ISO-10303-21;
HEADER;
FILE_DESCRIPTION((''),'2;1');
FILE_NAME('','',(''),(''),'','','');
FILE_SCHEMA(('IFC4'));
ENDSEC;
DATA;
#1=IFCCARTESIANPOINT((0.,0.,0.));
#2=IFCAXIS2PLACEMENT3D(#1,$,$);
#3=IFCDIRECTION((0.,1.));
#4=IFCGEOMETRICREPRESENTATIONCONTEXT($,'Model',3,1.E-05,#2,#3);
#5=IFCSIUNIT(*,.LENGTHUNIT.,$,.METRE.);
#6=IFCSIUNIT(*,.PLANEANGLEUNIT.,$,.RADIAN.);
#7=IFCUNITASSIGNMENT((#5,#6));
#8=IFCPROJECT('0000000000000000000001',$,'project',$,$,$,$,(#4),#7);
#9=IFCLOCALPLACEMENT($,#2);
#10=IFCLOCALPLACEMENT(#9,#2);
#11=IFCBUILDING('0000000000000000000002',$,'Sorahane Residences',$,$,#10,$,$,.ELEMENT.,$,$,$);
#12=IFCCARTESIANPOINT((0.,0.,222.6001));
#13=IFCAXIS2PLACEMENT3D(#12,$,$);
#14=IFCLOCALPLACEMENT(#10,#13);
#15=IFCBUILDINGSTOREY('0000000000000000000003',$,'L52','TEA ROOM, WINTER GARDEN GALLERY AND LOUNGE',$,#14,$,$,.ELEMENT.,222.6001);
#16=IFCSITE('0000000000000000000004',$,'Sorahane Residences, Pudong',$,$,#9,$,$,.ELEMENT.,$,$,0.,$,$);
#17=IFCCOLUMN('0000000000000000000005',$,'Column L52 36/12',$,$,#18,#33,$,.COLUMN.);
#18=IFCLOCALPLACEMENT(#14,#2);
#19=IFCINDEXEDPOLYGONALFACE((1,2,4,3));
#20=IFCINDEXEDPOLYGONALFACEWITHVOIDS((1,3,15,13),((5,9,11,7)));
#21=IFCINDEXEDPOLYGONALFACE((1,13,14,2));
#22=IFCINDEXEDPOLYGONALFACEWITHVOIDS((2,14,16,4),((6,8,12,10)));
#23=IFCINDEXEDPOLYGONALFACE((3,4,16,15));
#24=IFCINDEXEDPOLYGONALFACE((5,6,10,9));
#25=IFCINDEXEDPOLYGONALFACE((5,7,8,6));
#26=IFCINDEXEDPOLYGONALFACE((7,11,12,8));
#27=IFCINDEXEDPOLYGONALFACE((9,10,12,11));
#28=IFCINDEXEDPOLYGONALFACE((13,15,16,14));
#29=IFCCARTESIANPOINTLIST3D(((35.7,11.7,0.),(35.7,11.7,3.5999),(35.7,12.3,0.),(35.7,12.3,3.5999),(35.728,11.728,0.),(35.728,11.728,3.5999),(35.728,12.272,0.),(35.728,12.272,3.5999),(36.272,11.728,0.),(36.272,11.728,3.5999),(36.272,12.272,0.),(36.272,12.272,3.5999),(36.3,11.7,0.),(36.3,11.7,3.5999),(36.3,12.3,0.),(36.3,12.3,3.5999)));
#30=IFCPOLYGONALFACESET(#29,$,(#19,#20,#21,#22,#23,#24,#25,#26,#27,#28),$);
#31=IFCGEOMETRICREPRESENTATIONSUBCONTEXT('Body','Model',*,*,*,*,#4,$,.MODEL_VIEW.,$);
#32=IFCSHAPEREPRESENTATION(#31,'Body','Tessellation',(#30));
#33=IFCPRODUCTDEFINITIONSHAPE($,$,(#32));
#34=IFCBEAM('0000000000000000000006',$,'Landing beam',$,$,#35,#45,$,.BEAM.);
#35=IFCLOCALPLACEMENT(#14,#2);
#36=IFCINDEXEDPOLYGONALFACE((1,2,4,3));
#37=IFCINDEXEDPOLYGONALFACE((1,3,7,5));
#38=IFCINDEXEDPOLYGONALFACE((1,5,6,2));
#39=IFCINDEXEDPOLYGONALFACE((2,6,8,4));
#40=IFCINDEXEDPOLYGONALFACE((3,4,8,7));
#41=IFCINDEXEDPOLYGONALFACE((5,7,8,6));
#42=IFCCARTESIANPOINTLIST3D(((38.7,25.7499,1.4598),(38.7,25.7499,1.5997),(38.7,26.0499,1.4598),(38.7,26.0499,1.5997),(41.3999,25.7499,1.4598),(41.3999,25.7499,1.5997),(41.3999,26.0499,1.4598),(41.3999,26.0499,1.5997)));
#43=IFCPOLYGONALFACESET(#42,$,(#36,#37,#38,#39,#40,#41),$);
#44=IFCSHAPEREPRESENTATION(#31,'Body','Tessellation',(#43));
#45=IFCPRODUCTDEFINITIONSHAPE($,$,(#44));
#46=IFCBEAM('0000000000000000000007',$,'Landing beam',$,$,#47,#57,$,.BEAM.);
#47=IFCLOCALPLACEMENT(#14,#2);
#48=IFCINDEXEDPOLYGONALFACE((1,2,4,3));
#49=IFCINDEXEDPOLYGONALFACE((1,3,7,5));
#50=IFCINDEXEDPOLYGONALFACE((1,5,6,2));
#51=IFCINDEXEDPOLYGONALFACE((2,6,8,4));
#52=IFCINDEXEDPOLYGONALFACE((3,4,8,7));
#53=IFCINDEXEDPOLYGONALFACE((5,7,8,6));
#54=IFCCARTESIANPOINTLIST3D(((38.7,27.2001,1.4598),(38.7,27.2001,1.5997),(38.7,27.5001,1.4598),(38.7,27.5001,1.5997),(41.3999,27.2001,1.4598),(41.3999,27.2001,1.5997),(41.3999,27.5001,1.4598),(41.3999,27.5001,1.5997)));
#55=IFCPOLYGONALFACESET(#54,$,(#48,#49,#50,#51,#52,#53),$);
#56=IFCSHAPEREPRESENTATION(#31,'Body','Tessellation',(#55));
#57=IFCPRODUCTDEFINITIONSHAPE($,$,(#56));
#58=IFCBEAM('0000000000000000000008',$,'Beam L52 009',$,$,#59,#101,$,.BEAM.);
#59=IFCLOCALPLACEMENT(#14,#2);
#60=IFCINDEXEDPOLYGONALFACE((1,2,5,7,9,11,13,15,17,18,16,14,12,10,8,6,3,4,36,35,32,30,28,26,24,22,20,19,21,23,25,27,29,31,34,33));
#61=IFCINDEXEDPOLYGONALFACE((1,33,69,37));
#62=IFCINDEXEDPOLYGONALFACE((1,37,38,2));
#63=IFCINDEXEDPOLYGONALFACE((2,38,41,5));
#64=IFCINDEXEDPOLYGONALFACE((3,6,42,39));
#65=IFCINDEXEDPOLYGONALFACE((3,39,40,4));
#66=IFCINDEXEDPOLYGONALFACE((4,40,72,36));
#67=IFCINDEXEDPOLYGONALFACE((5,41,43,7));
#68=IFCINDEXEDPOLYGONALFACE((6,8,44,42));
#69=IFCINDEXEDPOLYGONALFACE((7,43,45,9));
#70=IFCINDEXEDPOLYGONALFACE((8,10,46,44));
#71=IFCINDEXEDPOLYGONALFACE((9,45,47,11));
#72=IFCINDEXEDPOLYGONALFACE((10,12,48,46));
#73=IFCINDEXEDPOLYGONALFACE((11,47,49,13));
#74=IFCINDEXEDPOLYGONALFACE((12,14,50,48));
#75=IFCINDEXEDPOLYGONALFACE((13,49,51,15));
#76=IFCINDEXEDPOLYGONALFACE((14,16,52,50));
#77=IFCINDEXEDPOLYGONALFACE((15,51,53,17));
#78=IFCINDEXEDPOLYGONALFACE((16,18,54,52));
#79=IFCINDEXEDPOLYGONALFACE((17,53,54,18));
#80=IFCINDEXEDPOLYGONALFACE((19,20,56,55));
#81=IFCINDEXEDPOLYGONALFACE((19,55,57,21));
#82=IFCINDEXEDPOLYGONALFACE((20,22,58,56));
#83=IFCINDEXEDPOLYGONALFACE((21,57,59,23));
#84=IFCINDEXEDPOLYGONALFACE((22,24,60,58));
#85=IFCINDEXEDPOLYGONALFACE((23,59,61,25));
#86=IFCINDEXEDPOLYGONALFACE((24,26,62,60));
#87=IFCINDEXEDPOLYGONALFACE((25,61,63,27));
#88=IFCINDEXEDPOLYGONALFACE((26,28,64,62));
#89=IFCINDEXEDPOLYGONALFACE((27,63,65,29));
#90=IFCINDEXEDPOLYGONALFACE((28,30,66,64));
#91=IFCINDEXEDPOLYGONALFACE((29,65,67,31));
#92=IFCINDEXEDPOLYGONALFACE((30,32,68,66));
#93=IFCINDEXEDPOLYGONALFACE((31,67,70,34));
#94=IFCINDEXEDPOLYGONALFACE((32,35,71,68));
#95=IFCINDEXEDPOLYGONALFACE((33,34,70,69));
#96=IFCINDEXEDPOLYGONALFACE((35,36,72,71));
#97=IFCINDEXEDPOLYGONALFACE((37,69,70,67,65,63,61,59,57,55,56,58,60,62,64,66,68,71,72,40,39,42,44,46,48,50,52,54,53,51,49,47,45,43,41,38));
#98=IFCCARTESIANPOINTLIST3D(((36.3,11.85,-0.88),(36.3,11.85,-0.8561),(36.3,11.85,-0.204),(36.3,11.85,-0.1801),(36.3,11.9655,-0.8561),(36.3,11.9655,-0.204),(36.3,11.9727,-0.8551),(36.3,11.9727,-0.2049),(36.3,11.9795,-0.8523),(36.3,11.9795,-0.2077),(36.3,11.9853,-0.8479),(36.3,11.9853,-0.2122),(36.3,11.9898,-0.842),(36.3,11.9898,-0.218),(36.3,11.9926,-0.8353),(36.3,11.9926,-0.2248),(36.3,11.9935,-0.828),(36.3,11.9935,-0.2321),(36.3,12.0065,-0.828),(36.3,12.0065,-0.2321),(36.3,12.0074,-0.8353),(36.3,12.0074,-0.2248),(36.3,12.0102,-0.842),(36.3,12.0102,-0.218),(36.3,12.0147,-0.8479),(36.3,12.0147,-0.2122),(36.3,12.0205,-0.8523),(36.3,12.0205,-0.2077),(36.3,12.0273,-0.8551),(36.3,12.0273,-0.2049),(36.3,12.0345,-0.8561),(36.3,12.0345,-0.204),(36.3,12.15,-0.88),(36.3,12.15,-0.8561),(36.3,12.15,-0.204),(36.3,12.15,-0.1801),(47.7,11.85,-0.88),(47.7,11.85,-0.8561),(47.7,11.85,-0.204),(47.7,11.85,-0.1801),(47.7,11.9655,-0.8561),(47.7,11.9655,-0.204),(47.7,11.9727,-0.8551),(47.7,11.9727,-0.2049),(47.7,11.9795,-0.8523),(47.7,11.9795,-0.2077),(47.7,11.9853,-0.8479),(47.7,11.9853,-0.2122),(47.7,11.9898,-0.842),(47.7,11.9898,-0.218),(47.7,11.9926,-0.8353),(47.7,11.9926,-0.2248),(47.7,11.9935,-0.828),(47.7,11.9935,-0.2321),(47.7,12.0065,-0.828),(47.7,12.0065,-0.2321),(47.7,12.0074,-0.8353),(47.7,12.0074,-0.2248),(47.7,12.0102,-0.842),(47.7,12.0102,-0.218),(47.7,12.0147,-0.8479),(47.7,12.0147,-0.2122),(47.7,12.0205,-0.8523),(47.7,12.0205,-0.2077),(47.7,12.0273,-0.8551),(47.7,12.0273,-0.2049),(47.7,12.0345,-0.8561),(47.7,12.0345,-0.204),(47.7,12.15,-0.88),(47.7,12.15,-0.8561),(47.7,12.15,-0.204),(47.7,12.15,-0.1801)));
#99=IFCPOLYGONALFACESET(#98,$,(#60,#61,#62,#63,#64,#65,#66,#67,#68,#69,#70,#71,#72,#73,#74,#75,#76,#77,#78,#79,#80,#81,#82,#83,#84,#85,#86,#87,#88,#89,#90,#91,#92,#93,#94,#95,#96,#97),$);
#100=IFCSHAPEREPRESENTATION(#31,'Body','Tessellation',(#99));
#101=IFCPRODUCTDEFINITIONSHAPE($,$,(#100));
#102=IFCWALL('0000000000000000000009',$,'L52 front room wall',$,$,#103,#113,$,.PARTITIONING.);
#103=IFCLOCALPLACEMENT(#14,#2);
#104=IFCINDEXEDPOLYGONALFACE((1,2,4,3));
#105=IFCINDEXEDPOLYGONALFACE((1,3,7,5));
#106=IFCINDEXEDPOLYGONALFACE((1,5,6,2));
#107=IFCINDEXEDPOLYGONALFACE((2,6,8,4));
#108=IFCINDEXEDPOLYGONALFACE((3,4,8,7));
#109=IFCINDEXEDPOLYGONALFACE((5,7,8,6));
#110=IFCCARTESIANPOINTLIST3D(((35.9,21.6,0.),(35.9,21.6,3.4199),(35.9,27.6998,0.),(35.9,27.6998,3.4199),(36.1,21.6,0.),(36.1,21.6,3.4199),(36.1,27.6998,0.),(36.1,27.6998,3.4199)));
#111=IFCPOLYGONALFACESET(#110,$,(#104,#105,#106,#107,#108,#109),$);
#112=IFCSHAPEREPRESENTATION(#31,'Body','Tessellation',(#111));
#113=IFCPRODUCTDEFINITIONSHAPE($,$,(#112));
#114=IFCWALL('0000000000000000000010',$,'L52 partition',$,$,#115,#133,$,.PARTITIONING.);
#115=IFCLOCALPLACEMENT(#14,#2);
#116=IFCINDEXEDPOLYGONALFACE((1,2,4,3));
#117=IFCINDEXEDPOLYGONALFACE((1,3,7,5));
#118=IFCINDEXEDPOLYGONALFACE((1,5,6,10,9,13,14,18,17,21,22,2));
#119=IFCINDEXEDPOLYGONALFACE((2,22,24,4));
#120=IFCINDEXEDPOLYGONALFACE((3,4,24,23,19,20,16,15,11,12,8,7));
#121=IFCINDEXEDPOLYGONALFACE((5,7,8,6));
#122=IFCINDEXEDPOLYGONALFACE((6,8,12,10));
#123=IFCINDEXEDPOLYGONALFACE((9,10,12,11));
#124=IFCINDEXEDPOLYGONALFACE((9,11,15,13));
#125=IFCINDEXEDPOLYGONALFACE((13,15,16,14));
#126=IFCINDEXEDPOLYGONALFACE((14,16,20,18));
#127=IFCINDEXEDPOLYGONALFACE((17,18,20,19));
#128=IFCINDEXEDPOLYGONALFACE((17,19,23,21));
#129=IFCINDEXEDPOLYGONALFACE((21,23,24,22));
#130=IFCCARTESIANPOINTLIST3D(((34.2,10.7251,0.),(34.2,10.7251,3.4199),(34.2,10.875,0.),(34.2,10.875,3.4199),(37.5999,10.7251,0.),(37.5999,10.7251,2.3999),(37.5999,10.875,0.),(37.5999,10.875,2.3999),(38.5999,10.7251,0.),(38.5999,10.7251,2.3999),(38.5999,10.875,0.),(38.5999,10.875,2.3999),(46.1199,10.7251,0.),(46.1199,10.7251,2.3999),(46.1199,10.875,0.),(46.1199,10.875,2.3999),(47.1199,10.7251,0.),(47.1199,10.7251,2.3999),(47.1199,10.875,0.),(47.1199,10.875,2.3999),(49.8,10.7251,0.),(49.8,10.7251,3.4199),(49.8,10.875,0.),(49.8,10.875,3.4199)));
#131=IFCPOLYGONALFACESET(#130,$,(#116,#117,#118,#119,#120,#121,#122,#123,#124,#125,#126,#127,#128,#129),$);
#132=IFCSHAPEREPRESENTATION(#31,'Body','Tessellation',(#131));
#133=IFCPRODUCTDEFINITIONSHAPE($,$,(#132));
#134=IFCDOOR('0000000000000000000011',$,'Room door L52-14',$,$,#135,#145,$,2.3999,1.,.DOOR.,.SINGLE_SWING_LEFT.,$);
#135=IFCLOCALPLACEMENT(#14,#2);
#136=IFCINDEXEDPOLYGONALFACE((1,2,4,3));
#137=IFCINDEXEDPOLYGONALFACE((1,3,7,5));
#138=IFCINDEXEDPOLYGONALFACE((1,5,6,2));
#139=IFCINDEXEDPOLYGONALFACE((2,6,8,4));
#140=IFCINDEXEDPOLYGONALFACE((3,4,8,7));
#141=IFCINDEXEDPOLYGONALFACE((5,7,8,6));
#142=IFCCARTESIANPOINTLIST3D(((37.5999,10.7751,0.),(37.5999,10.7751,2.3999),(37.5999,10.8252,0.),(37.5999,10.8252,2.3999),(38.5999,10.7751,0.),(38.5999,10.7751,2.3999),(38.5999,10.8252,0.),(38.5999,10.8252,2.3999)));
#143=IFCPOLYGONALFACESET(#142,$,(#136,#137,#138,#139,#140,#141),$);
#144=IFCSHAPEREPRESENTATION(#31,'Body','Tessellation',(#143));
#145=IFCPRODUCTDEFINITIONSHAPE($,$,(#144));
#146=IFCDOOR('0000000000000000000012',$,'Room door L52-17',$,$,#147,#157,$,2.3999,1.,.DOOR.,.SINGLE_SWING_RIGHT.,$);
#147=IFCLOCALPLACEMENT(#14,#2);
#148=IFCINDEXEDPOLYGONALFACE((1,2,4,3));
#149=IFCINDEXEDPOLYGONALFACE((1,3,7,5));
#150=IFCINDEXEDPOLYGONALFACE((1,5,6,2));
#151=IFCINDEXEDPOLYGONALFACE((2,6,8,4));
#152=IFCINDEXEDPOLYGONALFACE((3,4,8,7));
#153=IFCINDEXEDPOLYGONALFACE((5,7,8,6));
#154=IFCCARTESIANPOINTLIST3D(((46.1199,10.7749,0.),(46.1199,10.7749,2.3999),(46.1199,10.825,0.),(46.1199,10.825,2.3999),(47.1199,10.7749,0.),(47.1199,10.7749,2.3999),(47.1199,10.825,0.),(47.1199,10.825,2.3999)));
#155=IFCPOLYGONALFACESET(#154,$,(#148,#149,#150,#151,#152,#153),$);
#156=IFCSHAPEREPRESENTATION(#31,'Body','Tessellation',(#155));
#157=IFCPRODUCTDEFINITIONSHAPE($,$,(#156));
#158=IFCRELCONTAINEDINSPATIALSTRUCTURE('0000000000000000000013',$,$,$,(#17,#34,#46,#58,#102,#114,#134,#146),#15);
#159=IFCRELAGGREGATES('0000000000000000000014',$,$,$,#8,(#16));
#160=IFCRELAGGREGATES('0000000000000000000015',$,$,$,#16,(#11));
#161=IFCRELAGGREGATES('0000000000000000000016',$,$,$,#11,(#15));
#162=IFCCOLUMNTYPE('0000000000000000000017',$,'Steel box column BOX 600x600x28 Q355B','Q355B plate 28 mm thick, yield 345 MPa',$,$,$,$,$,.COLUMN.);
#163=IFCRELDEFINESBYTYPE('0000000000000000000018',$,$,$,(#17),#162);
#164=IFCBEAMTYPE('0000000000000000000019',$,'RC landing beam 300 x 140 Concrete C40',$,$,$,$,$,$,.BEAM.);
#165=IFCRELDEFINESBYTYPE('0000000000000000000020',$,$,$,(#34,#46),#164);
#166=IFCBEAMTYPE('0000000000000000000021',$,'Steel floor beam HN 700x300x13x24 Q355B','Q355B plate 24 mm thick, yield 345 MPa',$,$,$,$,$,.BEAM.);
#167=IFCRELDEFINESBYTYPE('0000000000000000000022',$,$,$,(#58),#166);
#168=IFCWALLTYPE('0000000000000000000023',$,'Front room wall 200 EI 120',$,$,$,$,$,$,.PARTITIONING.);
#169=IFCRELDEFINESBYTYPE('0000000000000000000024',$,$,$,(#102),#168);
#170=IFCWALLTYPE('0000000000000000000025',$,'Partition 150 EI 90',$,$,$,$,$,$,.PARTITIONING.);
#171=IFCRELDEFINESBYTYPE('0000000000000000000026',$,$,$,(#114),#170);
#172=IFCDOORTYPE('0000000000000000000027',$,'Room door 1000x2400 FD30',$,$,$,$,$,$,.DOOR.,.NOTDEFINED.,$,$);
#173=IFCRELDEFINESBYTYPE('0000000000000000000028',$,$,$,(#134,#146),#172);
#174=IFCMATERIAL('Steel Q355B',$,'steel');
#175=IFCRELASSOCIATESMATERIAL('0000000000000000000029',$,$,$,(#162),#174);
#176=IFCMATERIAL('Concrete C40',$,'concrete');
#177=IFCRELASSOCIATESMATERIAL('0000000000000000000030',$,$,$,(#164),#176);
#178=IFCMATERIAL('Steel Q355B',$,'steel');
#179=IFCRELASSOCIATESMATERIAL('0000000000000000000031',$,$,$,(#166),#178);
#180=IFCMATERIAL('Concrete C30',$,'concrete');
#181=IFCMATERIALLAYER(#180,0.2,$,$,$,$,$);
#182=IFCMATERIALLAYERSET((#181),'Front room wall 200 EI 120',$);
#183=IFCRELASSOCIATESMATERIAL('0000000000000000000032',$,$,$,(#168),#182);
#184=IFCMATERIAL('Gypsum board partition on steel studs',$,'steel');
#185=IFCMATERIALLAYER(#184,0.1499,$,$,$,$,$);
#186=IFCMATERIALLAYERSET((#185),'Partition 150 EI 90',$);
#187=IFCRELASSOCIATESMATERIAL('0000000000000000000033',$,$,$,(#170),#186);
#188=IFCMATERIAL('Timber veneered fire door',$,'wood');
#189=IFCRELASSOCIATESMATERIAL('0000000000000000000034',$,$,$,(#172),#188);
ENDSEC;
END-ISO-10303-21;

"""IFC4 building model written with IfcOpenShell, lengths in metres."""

from ifc_helpers import new_model, si_unit, direction, frame, frame_2d, origin, origin_2d, place, context, subcontext, project, spatial, rectangle, hollow_rectangle, i_section, extrude, material, layer, layer_set, material_profile, profile_set, type_object, element, fill, save


model = new_model("IFC4")

# Units and contexts
model_context = context("Model", 3, precision=1e-05, world=origin(), true_north=direction((0.0, 1.0)))
body_context = subcontext(model_context, "Body", "Model", "MODEL_VIEW")
ifc_project = project(units=[si_unit("LENGTHUNIT", "METRE"), si_unit("PLANEANGLEUNIT", "RADIAN")], contexts=[model_context])

# Site, building, storey
site_placement = place(None, origin())
site = spatial("IfcSite", under=ifc_project, at=site_placement, Name="Sorahane Residences, Pudong", CompositionType="ELEMENT", RefElevation=0.0)
building_placement = place(site_placement, origin())
building = spatial("IfcBuilding", under=site, at=building_placement, Name="Sorahane Residences", CompositionType="ELEMENT")
storey_placement = place(building_placement, frame((0.0, 0.0, 222.6001)))
storey = spatial("IfcBuildingStorey", under=building, at=storey_placement, Name="L52", Description="TEA ROOM, WINTER GARDEN GALLERY AND LOUNGE", CompositionType="ELEMENT", Elevation=222.6001)

# Column
ifc_material_1 = material(Name="Steel Q355B", Category="steel")
ifc_material_profile_1 = material_profile(ifc_material_1, hollow_rectangle(XDim=0.6001, YDim=0.6001, WallThickness=0.0281, at=origin_2d()), Name="BOX 600x600x28")
ifc_profile_set_1 = profile_set([ifc_material_profile_1], Name="Steel Q355B")
column_type = type_object("IfcColumnType", Name="Steel box column BOX 600x600x28 Q355B", Description="Q355B plate 28 mm thick, yield 345 MPa", PredefinedType="COLUMN", material=ifc_profile_set_1)
column_placement = place(storey_placement, frame((36.0, 12.0, 0.0), z_axis=(0.0, 0.0, 1.0), x_axis=(1.0, 0.0, 0.0)))
element("IfcColumn", 1, at=column_placement, inside=storey, type_object=column_type, Name="Column L52 36/12", PredefinedType="COLUMN", context=body_context, shape_type="SweptSolid", body=[
    extrude(hollow_rectangle(XDim=0.6001, YDim=0.6001, WallThickness=0.0281, at=origin_2d()), origin(), (0.0, 0.0, 1.0), 3.5999),
])

# Beams
ifc_material_2 = material(Name="Concrete C40", Category="concrete")
ifc_material_profile_2 = material_profile(ifc_material_2, rectangle(XDim=0.3, YDim=0.1399, at=origin_2d()), Name="300x140")
ifc_profile_set_2 = profile_set([ifc_material_profile_2], Name="Concrete C40")
beam_type_1 = type_object("IfcBeamType", Name="RC landing beam 300 x 140 Concrete C40", PredefinedType="BEAM", material=ifc_profile_set_2)
for number, where, z_axis, x_axis, name in (
    (2, (38.7, 25.8999, 1.5298), (1.0, 0.0, 0.0), (0.0, 1.0, 0.0), "Landing beam"),
    (3, (38.7, 27.3501, 1.5298), (1.0, 0.0, 0.0), (0.0, 1.0, 0.0), "Landing beam"),
):
    element("IfcBeam", number, at=place(storey_placement, frame(where, z_axis=z_axis, x_axis=x_axis)), inside=storey, type_object=beam_type_1, Name=name, PredefinedType="BEAM", context=body_context, shape_type="SweptSolid", body=[
        extrude(rectangle(XDim=0.3, YDim=0.1399, at=origin_2d()), origin(), (0.0, 0.0, 1.0), 2.7),
    ])
ifc_material_3 = material(Name="Steel Q355B", Category="steel")
ifc_material_profile_3 = material_profile(ifc_material_3, i_section(OverallWidth=0.3, OverallDepth=0.7, WebThickness=0.0129, FlangeThickness=0.0239, FilletRadius=0.0281, at=origin_2d()), Name="HN 700x300x13x24")
ifc_profile_set_3 = profile_set([ifc_material_profile_3], Name="Steel Q355B")
beam_type_2 = type_object("IfcBeamType", Name="Steel floor beam HN 700x300x13x24 Q355B", Description="Q355B plate 24 mm thick, yield 345 MPa", PredefinedType="BEAM", material=ifc_profile_set_3)
beam_placement = place(storey_placement, frame((36.3, 12.0, -0.53), z_axis=(1.0, 0.0, 0.0), x_axis=(0.0, 1.0, 0.0)))
element("IfcBeam", 4, at=beam_placement, inside=storey, type_object=beam_type_2, Name="Beam L52 009", PredefinedType="BEAM", context=body_context, shape_type="SweptSolid", body=[
    extrude(i_section(OverallWidth=0.3, OverallDepth=0.7, WebThickness=0.0129, FlangeThickness=0.0239, FilletRadius=0.0281, at=origin_2d()), origin(), (0.0, 0.0, 1.0), 11.3999),
])

# Wall
ifc_material_4 = material(Name="Concrete C30", Category="concrete")
ifc_layer_1 = layer(ifc_material_4, 0.2)
ifc_layer_set_1 = layer_set([ifc_layer_1], Name="Front room wall 200 EI 120")
wall_type_1 = type_object("IfcWallType", Name="Front room wall 200 EI 120", PredefinedType="PARTITIONING", material=ifc_layer_set_1)
wall_1_placement = place(storey_placement, frame((36.0, 21.6001, 0.0), z_axis=(0.0, 0.0, 1.0), x_axis=(0.0, 1.0, 0.0)))
element("IfcWall", 5, at=wall_1_placement, inside=storey, type_object=wall_type_1, Name="L52 front room wall", PredefinedType="PARTITIONING", context=body_context, shape_type="SweptSolid", body=[
    extrude(rectangle(XDim=6.0999, YDim=0.2, at=frame_2d((3.0498, 0.0))), origin(), (0.0, 0.0, 1.0), 3.4199),
])

# Wall, openings, doors
ifc_material_5 = material(Name="Gypsum board partition on steel studs", Category="steel")
ifc_layer_2 = layer(ifc_material_5, 0.1499)
ifc_layer_set_2 = layer_set([ifc_layer_2], Name="Partition 150 EI 90")
wall_type_2 = type_object("IfcWallType", Name="Partition 150 EI 90", PredefinedType="PARTITIONING", material=ifc_layer_set_2)
wall_2_placement = place(storey_placement, frame((34.2, 10.8, 0.0), z_axis=(0.0, 0.0, 1.0), x_axis=(1.0, 0.0, 0.0)))
wall_2 = element("IfcWall", 6, at=wall_2_placement, inside=storey, type_object=wall_type_2, Name="L52 partition", PredefinedType="PARTITIONING", context=body_context, shape_type="SweptSolid", body=[
    extrude(rectangle(XDim=15.6001, YDim=0.1499, at=frame_2d((7.8, 0.0))), origin(), (0.0, 0.0, 1.0), 3.4199),
])
opening_1_placement = place(wall_2_placement, frame((3.3999, 0.0, 0.0)))
opening_1 = element("IfcOpeningElement", 7, at=opening_1_placement, cuts=wall_2, PredefinedType="OPENING", context=body_context, shape_type="SweptSolid", body=[
    extrude(rectangle(XDim=1.0, YDim=2.3999, at=frame_2d((0.5, 1.2))), frame((0.0, 0.085, 0.0), z_axis=(0.0, -1.0, 0.0), x_axis=(1.0, 0.0, 0.0)), (0.0, 0.0, 1.0), 0.1699),
])
opening_2_placement = place(wall_2_placement, frame((11.9199, 0.0, 0.0)))
opening_2 = element("IfcOpeningElement", 8, at=opening_2_placement, cuts=wall_2, PredefinedType="OPENING", context=body_context, shape_type="SweptSolid", body=[
    extrude(rectangle(XDim=1.0, YDim=2.3999, at=frame_2d((0.5, 1.2))), frame((0.0, 0.085, 0.0), z_axis=(0.0, -1.0, 0.0), x_axis=(1.0, 0.0, 0.0)), (0.0, 0.0, 1.0), 0.1699),
])
ifc_material_6 = material(Name="Timber veneered fire door", Category="wood")
door_type_1 = type_object("IfcDoorType", Name="Room door 1000x2400 FD30", OperationType="NOTDEFINED", PredefinedType="DOOR", material=ifc_material_6)
door_1_placement = place(opening_1_placement, frame((1.0, 0.0, 0.0), z_axis=(0.0, 0.0, 1.0), x_axis=(-1.0, 0.0, 0.0)))
door_1 = element("IfcDoor", 9, at=door_1_placement, inside=storey, type_object=door_type_1, Name="Room door L52-14", OperationType="SINGLE_SWING_LEFT", OverallHeight=2.3999, OverallWidth=1.0, PredefinedType="DOOR", context=body_context, shape_type="SweptSolid", body=[
    extrude(rectangle(XDim=1.0, YDim=2.3999, at=frame_2d((0.5, 1.2))), frame((0.0, 0.0249, 0.0), z_axis=(0.0, -1.0, 0.0), x_axis=(1.0, 0.0, 0.0)), (0.0, 0.0, 1.0), 0.05),
])
fill(opening_1, door_1)
door_2_placement = place(opening_2_placement, origin())
door_2 = element("IfcDoor", 10, at=door_2_placement, inside=storey, type_object=door_type_1, Name="Room door L52-17", OperationType="SINGLE_SWING_RIGHT", OverallHeight=2.3999, OverallWidth=1.0, PredefinedType="DOOR", context=body_context, shape_type="SweptSolid", body=[
    extrude(rectangle(XDim=1.0, YDim=2.3999, at=frame_2d((0.5, 1.2))), frame((0.0, 0.0249, 0.0), z_axis=(0.0, -1.0, 0.0), x_axis=(1.0, 0.0, 0.0)), (0.0, 0.0, 1.0), 0.05),
])
fill(opening_2, door_2)

save(model, "model.ifc")
